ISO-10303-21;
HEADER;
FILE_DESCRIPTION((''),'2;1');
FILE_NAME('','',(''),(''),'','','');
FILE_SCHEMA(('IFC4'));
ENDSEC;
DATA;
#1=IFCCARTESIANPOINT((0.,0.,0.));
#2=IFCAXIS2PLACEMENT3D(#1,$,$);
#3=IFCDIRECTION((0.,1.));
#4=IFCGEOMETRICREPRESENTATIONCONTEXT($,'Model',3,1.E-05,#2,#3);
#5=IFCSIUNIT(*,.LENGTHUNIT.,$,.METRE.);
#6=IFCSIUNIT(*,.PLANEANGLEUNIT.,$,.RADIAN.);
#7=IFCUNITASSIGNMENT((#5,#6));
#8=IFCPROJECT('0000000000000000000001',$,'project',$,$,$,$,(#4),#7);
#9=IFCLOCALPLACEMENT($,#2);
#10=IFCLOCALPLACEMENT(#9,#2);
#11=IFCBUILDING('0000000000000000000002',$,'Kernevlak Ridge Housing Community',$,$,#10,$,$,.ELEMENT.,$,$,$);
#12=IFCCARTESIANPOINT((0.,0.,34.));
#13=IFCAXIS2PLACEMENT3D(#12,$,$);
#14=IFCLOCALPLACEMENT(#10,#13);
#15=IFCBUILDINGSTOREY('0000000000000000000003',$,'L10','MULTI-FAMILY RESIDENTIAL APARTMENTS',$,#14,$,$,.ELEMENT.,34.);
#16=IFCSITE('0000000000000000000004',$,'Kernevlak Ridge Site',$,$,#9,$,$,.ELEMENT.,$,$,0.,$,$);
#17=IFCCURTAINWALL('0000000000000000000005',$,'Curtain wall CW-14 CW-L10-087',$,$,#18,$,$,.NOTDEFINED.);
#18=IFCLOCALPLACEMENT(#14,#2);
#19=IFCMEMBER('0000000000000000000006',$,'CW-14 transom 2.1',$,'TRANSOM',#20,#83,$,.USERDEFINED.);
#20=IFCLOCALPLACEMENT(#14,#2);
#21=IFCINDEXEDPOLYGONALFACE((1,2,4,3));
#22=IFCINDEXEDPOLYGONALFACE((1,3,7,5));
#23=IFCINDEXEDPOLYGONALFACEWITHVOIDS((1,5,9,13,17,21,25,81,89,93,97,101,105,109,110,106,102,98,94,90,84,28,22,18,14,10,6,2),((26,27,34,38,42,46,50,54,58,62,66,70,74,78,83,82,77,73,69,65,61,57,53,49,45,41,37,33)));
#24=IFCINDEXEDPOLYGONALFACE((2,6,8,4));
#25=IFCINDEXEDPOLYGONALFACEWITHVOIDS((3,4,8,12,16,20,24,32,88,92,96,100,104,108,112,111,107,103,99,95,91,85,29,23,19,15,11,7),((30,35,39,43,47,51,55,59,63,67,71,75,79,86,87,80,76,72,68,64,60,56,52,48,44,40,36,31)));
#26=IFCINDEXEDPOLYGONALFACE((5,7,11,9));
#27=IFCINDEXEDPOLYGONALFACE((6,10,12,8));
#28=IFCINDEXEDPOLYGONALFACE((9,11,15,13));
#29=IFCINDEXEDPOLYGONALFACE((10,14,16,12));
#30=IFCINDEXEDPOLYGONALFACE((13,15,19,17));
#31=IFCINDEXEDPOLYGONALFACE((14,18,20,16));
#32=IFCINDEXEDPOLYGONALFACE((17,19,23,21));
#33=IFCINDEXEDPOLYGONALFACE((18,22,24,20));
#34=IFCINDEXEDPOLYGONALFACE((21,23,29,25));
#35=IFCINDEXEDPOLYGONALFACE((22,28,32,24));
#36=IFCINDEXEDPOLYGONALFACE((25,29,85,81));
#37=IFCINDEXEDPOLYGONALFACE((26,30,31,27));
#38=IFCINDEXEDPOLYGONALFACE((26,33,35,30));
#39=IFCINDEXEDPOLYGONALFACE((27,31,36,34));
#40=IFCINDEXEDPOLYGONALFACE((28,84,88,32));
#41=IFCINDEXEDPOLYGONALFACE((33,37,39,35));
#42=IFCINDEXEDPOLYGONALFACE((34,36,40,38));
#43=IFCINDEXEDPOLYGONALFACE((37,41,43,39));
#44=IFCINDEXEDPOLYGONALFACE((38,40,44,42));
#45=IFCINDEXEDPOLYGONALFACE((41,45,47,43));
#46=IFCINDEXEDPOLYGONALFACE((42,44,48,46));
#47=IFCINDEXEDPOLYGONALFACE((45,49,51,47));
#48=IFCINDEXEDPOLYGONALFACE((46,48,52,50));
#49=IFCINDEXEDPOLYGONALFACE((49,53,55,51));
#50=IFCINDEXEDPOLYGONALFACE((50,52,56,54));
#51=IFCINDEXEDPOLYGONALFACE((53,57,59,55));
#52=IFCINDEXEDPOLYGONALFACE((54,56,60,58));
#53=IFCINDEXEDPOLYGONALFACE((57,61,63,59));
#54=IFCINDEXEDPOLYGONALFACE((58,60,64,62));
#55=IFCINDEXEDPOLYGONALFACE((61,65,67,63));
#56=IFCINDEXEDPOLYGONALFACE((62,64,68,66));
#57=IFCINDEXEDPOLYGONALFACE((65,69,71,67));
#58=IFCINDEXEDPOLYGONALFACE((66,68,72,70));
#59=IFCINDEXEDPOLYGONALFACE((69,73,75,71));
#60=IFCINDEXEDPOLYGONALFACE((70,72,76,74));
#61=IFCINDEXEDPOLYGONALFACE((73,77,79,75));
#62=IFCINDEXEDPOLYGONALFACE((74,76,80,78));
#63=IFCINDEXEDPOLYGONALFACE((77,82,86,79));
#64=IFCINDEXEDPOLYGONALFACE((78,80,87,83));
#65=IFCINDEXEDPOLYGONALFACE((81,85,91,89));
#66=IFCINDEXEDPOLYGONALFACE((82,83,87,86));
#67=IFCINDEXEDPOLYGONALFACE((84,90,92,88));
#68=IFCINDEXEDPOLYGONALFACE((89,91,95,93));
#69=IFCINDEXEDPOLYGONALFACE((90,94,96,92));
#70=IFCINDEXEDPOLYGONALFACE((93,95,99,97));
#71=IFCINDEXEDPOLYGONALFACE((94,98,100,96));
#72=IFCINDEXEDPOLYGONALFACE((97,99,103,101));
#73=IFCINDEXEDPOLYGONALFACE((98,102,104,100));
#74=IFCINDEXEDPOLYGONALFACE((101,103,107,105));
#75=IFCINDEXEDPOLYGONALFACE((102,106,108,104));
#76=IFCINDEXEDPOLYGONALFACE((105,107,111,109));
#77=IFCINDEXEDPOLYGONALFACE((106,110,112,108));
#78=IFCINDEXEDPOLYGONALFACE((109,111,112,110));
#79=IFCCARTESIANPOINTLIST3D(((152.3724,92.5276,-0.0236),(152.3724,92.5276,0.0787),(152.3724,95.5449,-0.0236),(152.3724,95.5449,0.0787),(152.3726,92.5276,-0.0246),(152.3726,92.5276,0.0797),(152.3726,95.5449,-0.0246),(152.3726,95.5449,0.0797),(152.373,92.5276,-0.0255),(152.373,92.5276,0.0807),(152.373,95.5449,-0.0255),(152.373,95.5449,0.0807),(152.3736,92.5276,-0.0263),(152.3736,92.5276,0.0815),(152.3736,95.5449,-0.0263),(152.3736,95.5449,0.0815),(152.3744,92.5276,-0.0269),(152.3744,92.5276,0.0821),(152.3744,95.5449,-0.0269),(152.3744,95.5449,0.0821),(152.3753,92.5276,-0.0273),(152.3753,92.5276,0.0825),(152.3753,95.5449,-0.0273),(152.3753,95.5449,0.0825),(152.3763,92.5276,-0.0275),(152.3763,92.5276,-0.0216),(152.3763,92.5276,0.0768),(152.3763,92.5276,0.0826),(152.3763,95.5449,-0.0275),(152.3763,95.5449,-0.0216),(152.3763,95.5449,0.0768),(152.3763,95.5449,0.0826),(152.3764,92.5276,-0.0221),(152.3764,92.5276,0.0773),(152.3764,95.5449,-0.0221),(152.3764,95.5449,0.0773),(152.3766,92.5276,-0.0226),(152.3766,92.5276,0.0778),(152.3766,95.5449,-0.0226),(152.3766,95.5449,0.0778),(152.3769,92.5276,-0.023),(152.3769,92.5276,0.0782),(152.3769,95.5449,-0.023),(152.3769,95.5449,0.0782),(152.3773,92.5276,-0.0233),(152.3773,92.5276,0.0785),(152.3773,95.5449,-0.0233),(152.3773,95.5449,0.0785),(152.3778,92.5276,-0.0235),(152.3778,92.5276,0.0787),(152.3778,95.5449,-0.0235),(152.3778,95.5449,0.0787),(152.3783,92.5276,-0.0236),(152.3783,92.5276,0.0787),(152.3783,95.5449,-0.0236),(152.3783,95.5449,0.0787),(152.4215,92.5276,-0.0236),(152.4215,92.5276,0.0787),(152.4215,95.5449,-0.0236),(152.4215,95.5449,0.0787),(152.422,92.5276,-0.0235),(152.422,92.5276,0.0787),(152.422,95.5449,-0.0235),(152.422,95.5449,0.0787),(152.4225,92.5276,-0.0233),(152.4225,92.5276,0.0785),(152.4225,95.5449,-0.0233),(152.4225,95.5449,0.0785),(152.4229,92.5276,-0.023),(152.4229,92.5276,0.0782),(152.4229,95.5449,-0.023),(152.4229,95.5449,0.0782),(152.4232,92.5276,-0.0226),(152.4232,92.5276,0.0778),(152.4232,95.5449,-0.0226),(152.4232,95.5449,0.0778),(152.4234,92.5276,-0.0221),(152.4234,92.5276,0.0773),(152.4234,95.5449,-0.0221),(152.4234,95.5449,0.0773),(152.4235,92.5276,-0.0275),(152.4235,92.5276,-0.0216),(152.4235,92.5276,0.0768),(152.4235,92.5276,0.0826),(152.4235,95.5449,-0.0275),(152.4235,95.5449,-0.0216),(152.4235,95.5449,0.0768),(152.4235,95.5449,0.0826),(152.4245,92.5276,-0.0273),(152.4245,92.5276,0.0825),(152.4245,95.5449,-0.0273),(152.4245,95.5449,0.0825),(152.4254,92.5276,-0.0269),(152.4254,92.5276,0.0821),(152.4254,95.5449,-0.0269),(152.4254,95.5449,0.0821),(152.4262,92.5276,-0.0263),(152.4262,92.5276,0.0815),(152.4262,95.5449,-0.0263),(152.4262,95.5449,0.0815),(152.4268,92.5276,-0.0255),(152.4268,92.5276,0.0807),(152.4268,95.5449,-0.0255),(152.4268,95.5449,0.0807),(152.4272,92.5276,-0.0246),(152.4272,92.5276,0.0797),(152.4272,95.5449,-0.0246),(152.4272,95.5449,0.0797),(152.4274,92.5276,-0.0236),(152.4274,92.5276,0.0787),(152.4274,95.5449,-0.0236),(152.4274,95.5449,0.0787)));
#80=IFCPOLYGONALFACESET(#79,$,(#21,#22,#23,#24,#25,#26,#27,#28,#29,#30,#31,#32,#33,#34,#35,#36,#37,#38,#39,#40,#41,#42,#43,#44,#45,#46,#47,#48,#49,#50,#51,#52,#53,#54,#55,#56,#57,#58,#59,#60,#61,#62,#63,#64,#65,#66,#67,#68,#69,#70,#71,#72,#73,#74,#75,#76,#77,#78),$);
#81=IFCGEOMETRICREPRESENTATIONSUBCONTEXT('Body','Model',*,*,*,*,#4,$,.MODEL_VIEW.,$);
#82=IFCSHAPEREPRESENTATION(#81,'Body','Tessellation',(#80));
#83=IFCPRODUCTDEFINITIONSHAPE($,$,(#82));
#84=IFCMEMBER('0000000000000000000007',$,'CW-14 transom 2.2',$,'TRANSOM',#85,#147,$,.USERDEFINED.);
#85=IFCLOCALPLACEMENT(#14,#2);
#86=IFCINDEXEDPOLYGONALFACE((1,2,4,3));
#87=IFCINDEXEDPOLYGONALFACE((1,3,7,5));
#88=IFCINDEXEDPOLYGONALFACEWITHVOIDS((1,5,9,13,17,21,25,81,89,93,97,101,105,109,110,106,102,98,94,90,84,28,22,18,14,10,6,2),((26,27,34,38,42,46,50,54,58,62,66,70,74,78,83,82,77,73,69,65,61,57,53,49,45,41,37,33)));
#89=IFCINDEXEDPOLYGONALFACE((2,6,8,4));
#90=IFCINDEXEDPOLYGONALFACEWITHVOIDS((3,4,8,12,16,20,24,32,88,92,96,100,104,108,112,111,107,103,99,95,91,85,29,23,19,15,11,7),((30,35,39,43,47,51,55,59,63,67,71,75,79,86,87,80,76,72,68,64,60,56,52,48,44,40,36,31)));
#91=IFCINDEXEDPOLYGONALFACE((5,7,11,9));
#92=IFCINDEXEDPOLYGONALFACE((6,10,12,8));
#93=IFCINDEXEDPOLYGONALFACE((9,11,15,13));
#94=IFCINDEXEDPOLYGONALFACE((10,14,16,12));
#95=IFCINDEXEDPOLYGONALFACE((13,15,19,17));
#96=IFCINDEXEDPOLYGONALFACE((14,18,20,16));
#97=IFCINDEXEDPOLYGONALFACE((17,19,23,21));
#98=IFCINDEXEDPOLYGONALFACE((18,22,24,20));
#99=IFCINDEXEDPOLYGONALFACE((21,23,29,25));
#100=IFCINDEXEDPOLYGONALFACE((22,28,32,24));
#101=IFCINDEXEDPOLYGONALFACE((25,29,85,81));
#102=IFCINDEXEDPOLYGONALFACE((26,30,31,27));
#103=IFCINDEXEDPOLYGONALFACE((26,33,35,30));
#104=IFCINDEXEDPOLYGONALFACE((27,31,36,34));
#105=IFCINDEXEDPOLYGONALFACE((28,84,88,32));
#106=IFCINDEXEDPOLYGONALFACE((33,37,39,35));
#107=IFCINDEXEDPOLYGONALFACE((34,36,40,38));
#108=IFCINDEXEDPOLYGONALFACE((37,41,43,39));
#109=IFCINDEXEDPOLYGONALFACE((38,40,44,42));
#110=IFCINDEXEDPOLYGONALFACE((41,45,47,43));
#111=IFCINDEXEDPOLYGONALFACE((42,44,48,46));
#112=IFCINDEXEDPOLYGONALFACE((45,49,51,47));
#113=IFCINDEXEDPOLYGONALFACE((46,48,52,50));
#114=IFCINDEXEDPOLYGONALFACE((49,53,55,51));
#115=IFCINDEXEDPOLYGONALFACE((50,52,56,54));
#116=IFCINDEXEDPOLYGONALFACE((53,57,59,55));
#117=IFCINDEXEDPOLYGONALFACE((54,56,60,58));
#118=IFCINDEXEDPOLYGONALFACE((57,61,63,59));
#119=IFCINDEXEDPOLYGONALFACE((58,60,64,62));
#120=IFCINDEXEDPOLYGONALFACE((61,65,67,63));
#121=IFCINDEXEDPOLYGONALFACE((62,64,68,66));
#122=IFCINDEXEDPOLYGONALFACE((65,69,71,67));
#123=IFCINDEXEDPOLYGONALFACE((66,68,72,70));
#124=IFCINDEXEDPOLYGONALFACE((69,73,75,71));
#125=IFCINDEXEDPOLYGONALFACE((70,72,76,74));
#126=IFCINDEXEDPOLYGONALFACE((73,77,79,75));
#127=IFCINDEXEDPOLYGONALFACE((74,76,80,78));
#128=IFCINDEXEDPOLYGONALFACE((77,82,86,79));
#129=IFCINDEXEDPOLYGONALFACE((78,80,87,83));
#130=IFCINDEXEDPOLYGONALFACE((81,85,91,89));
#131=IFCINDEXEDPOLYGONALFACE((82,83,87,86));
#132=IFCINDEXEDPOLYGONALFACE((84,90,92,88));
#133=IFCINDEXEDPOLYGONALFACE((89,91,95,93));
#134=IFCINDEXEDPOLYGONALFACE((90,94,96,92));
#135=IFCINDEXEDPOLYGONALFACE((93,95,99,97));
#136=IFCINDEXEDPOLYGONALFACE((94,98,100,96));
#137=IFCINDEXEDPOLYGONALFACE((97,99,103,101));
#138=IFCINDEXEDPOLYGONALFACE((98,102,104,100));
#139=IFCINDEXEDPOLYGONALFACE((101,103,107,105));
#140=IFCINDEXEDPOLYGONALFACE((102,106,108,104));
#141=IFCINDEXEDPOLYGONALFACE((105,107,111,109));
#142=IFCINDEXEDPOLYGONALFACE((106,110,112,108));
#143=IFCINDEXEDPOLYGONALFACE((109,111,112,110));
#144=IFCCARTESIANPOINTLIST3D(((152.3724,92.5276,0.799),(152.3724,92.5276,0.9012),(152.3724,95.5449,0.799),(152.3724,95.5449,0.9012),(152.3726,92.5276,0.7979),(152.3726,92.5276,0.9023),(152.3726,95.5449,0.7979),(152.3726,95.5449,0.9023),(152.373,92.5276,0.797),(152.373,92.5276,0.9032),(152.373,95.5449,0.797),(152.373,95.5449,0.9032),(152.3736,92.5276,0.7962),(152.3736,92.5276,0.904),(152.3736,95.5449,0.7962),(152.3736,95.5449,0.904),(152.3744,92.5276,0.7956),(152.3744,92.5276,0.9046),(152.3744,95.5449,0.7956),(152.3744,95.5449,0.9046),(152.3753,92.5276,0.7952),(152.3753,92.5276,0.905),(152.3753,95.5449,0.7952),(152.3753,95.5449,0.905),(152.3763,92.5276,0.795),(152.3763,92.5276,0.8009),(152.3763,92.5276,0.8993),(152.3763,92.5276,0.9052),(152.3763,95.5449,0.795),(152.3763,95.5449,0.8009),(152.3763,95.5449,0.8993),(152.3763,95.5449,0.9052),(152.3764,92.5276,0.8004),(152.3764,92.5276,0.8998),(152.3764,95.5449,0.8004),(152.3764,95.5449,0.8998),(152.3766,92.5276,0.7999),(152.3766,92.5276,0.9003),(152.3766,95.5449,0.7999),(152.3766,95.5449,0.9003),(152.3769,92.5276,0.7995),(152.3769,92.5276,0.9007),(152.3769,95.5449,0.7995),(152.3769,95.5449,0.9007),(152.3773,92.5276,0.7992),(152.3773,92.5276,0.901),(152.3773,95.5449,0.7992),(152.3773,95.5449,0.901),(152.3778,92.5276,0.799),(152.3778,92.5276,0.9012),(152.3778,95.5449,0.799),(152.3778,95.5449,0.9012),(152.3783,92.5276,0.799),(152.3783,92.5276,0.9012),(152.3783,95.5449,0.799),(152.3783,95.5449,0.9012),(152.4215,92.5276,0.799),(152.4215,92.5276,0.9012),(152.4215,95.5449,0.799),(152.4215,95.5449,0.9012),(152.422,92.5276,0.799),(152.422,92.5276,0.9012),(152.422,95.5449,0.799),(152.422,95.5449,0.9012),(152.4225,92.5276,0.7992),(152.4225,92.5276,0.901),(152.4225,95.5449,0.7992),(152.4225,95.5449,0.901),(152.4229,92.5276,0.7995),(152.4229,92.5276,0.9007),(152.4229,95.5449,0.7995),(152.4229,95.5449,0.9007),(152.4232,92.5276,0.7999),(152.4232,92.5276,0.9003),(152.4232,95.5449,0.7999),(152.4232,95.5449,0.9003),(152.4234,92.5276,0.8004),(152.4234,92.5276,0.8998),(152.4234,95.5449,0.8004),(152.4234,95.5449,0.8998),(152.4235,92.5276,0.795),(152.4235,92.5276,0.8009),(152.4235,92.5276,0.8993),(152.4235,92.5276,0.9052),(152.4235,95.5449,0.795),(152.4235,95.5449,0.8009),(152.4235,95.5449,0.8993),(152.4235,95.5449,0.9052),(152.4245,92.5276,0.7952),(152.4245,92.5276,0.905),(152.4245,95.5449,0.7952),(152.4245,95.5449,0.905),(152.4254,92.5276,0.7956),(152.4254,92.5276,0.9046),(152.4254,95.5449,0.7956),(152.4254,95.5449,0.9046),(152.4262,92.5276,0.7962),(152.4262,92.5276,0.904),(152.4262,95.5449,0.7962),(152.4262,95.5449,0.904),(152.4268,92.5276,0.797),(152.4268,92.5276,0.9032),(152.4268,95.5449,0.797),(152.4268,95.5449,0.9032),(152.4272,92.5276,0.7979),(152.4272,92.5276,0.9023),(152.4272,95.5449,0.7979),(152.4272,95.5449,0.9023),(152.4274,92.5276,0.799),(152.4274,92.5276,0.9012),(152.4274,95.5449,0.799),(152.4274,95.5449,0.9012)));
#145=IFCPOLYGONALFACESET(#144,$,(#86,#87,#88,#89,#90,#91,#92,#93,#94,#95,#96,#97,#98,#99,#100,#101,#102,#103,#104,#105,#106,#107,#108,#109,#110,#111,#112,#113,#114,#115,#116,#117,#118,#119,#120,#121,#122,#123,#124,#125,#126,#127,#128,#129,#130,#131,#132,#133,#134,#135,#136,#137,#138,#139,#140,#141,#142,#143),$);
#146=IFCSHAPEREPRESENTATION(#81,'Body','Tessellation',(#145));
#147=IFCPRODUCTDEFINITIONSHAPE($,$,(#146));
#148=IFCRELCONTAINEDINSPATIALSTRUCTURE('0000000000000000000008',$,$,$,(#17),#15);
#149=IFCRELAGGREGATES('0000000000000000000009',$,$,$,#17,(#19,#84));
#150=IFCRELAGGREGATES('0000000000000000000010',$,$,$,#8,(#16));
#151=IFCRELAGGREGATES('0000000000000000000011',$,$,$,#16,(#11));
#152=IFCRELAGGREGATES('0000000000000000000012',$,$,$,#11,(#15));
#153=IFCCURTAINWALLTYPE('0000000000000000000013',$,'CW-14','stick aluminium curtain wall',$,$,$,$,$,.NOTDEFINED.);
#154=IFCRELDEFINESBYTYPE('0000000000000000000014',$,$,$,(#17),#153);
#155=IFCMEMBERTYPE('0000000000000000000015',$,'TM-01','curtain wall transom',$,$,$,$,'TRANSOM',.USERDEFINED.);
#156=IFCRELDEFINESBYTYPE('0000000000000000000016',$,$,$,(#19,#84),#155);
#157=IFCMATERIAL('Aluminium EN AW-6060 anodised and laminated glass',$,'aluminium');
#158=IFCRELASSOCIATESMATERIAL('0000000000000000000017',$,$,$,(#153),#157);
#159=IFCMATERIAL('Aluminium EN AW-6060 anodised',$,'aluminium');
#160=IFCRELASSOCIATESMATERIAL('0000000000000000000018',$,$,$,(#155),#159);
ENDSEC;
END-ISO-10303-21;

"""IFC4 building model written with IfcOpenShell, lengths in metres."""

from ifc_helpers import new_model, si_unit, direction, frame, origin, origin_2d, place, context, subcontext, project, spatial, hollow_rectangle, extrude, material, material_profile, profile_set, type_object, element, aggregate, save


model = new_model("IFC4")

# Units and contexts
model_context = context("Model", 3, precision=1e-05, world=origin(), true_north=direction((0.0, 1.0)))
body_context = subcontext(model_context, "Body", "Model", "MODEL_VIEW")
ifc_project = project(units=[si_unit("LENGTHUNIT", "METRE"), si_unit("PLANEANGLEUNIT", "RADIAN")], contexts=[model_context])

# Site, building, storey
site_placement = place(None, origin())
site = spatial("IfcSite", under=ifc_project, at=site_placement, Name="Kernevlak Ridge Site", CompositionType="ELEMENT", RefElevation=0.0)
building_placement = place(site_placement, origin())
building = spatial("IfcBuilding", under=site, at=building_placement, Name="Kernevlak Ridge Housing Community", CompositionType="ELEMENT")
storey_placement = place(building_placement, frame((0.0, 0.0, 34.0)))
storey = spatial("IfcBuildingStorey", under=building, at=storey_placement, Name="L10", Description="MULTI-FAMILY RESIDENTIAL APARTMENTS", CompositionType="ELEMENT", Elevation=34.0)

# Curtain wall
ifc_material_1 = material(Name="Aluminium EN AW-6060 anodised and laminated glass", Category="aluminium")
curtain_wall_type = type_object("IfcCurtainWallType", Name="CW-14", Description="stick aluminium curtain wall", PredefinedType="NOTDEFINED", material=ifc_material_1)
curtain_wall_placement = place(storey_placement, origin())
curtain_wall = element("IfcCurtainWall", 1, at=curtain_wall_placement, inside=storey, type_object=curtain_wall_type, Name="Curtain wall CW-14 CW-L10-087", PredefinedType="NOTDEFINED")
ifc_material_2 = material(Name="Aluminium EN AW-6060 anodised", Category="aluminium")

# Members
ifc_material_profile_1 = material_profile(ifc_material_2, hollow_rectangle(XDim=0.0549, YDim=0.1101, WallThickness=0.0039, InnerFilletRadius=0.002, OuterFilletRadius=0.0039, at=origin_2d()), Name="ALU 55x110x4")
ifc_profile_set_1 = profile_set([ifc_material_profile_1], Name="Aluminium EN AW-6060 anodised")
member_type_1 = type_object("IfcMemberType", Name="TM-01", Description="curtain wall transom", ElementType="TRANSOM", PredefinedType="USERDEFINED", material=ifc_profile_set_1)
member_1_placement = place(storey_placement, frame((152.3999, 92.5276, 0.0276), z_axis=(0.0, 1.0, 0.0), x_axis=(-1.0, 0.0, 0.0)))
member_1 = element("IfcMember", 2, at=member_1_placement, type_object=member_type_1, Name="CW-14 transom 2.1", ObjectType="TRANSOM", PredefinedType="USERDEFINED", context=body_context, shape_type="SweptSolid", body=[
    extrude(hollow_rectangle(XDim=0.0549, YDim=0.1101, WallThickness=0.0039, InnerFilletRadius=0.002, OuterFilletRadius=0.0039, at=origin_2d()), origin(), (0.0, 0.0, 1.0), 3.0173),
])
member_2_placement = place(storey_placement, frame((152.3999, 92.5276, 0.8501), z_axis=(0.0, 1.0, 0.0), x_axis=(-1.0, 0.0, 0.0)))
member_2 = element("IfcMember", 3, at=member_2_placement, type_object=member_type_1, Name="CW-14 transom 2.2", ObjectType="TRANSOM", PredefinedType="USERDEFINED", context=body_context, shape_type="SweptSolid", body=[
    extrude(hollow_rectangle(XDim=0.0549, YDim=0.1101, WallThickness=0.0039, InnerFilletRadius=0.002, OuterFilletRadius=0.0039, at=origin_2d()), origin(), (0.0, 0.0, 1.0), 3.0173),
])

aggregate(curtain_wall, [member_1, member_2])

save(model, "model.ifc")
